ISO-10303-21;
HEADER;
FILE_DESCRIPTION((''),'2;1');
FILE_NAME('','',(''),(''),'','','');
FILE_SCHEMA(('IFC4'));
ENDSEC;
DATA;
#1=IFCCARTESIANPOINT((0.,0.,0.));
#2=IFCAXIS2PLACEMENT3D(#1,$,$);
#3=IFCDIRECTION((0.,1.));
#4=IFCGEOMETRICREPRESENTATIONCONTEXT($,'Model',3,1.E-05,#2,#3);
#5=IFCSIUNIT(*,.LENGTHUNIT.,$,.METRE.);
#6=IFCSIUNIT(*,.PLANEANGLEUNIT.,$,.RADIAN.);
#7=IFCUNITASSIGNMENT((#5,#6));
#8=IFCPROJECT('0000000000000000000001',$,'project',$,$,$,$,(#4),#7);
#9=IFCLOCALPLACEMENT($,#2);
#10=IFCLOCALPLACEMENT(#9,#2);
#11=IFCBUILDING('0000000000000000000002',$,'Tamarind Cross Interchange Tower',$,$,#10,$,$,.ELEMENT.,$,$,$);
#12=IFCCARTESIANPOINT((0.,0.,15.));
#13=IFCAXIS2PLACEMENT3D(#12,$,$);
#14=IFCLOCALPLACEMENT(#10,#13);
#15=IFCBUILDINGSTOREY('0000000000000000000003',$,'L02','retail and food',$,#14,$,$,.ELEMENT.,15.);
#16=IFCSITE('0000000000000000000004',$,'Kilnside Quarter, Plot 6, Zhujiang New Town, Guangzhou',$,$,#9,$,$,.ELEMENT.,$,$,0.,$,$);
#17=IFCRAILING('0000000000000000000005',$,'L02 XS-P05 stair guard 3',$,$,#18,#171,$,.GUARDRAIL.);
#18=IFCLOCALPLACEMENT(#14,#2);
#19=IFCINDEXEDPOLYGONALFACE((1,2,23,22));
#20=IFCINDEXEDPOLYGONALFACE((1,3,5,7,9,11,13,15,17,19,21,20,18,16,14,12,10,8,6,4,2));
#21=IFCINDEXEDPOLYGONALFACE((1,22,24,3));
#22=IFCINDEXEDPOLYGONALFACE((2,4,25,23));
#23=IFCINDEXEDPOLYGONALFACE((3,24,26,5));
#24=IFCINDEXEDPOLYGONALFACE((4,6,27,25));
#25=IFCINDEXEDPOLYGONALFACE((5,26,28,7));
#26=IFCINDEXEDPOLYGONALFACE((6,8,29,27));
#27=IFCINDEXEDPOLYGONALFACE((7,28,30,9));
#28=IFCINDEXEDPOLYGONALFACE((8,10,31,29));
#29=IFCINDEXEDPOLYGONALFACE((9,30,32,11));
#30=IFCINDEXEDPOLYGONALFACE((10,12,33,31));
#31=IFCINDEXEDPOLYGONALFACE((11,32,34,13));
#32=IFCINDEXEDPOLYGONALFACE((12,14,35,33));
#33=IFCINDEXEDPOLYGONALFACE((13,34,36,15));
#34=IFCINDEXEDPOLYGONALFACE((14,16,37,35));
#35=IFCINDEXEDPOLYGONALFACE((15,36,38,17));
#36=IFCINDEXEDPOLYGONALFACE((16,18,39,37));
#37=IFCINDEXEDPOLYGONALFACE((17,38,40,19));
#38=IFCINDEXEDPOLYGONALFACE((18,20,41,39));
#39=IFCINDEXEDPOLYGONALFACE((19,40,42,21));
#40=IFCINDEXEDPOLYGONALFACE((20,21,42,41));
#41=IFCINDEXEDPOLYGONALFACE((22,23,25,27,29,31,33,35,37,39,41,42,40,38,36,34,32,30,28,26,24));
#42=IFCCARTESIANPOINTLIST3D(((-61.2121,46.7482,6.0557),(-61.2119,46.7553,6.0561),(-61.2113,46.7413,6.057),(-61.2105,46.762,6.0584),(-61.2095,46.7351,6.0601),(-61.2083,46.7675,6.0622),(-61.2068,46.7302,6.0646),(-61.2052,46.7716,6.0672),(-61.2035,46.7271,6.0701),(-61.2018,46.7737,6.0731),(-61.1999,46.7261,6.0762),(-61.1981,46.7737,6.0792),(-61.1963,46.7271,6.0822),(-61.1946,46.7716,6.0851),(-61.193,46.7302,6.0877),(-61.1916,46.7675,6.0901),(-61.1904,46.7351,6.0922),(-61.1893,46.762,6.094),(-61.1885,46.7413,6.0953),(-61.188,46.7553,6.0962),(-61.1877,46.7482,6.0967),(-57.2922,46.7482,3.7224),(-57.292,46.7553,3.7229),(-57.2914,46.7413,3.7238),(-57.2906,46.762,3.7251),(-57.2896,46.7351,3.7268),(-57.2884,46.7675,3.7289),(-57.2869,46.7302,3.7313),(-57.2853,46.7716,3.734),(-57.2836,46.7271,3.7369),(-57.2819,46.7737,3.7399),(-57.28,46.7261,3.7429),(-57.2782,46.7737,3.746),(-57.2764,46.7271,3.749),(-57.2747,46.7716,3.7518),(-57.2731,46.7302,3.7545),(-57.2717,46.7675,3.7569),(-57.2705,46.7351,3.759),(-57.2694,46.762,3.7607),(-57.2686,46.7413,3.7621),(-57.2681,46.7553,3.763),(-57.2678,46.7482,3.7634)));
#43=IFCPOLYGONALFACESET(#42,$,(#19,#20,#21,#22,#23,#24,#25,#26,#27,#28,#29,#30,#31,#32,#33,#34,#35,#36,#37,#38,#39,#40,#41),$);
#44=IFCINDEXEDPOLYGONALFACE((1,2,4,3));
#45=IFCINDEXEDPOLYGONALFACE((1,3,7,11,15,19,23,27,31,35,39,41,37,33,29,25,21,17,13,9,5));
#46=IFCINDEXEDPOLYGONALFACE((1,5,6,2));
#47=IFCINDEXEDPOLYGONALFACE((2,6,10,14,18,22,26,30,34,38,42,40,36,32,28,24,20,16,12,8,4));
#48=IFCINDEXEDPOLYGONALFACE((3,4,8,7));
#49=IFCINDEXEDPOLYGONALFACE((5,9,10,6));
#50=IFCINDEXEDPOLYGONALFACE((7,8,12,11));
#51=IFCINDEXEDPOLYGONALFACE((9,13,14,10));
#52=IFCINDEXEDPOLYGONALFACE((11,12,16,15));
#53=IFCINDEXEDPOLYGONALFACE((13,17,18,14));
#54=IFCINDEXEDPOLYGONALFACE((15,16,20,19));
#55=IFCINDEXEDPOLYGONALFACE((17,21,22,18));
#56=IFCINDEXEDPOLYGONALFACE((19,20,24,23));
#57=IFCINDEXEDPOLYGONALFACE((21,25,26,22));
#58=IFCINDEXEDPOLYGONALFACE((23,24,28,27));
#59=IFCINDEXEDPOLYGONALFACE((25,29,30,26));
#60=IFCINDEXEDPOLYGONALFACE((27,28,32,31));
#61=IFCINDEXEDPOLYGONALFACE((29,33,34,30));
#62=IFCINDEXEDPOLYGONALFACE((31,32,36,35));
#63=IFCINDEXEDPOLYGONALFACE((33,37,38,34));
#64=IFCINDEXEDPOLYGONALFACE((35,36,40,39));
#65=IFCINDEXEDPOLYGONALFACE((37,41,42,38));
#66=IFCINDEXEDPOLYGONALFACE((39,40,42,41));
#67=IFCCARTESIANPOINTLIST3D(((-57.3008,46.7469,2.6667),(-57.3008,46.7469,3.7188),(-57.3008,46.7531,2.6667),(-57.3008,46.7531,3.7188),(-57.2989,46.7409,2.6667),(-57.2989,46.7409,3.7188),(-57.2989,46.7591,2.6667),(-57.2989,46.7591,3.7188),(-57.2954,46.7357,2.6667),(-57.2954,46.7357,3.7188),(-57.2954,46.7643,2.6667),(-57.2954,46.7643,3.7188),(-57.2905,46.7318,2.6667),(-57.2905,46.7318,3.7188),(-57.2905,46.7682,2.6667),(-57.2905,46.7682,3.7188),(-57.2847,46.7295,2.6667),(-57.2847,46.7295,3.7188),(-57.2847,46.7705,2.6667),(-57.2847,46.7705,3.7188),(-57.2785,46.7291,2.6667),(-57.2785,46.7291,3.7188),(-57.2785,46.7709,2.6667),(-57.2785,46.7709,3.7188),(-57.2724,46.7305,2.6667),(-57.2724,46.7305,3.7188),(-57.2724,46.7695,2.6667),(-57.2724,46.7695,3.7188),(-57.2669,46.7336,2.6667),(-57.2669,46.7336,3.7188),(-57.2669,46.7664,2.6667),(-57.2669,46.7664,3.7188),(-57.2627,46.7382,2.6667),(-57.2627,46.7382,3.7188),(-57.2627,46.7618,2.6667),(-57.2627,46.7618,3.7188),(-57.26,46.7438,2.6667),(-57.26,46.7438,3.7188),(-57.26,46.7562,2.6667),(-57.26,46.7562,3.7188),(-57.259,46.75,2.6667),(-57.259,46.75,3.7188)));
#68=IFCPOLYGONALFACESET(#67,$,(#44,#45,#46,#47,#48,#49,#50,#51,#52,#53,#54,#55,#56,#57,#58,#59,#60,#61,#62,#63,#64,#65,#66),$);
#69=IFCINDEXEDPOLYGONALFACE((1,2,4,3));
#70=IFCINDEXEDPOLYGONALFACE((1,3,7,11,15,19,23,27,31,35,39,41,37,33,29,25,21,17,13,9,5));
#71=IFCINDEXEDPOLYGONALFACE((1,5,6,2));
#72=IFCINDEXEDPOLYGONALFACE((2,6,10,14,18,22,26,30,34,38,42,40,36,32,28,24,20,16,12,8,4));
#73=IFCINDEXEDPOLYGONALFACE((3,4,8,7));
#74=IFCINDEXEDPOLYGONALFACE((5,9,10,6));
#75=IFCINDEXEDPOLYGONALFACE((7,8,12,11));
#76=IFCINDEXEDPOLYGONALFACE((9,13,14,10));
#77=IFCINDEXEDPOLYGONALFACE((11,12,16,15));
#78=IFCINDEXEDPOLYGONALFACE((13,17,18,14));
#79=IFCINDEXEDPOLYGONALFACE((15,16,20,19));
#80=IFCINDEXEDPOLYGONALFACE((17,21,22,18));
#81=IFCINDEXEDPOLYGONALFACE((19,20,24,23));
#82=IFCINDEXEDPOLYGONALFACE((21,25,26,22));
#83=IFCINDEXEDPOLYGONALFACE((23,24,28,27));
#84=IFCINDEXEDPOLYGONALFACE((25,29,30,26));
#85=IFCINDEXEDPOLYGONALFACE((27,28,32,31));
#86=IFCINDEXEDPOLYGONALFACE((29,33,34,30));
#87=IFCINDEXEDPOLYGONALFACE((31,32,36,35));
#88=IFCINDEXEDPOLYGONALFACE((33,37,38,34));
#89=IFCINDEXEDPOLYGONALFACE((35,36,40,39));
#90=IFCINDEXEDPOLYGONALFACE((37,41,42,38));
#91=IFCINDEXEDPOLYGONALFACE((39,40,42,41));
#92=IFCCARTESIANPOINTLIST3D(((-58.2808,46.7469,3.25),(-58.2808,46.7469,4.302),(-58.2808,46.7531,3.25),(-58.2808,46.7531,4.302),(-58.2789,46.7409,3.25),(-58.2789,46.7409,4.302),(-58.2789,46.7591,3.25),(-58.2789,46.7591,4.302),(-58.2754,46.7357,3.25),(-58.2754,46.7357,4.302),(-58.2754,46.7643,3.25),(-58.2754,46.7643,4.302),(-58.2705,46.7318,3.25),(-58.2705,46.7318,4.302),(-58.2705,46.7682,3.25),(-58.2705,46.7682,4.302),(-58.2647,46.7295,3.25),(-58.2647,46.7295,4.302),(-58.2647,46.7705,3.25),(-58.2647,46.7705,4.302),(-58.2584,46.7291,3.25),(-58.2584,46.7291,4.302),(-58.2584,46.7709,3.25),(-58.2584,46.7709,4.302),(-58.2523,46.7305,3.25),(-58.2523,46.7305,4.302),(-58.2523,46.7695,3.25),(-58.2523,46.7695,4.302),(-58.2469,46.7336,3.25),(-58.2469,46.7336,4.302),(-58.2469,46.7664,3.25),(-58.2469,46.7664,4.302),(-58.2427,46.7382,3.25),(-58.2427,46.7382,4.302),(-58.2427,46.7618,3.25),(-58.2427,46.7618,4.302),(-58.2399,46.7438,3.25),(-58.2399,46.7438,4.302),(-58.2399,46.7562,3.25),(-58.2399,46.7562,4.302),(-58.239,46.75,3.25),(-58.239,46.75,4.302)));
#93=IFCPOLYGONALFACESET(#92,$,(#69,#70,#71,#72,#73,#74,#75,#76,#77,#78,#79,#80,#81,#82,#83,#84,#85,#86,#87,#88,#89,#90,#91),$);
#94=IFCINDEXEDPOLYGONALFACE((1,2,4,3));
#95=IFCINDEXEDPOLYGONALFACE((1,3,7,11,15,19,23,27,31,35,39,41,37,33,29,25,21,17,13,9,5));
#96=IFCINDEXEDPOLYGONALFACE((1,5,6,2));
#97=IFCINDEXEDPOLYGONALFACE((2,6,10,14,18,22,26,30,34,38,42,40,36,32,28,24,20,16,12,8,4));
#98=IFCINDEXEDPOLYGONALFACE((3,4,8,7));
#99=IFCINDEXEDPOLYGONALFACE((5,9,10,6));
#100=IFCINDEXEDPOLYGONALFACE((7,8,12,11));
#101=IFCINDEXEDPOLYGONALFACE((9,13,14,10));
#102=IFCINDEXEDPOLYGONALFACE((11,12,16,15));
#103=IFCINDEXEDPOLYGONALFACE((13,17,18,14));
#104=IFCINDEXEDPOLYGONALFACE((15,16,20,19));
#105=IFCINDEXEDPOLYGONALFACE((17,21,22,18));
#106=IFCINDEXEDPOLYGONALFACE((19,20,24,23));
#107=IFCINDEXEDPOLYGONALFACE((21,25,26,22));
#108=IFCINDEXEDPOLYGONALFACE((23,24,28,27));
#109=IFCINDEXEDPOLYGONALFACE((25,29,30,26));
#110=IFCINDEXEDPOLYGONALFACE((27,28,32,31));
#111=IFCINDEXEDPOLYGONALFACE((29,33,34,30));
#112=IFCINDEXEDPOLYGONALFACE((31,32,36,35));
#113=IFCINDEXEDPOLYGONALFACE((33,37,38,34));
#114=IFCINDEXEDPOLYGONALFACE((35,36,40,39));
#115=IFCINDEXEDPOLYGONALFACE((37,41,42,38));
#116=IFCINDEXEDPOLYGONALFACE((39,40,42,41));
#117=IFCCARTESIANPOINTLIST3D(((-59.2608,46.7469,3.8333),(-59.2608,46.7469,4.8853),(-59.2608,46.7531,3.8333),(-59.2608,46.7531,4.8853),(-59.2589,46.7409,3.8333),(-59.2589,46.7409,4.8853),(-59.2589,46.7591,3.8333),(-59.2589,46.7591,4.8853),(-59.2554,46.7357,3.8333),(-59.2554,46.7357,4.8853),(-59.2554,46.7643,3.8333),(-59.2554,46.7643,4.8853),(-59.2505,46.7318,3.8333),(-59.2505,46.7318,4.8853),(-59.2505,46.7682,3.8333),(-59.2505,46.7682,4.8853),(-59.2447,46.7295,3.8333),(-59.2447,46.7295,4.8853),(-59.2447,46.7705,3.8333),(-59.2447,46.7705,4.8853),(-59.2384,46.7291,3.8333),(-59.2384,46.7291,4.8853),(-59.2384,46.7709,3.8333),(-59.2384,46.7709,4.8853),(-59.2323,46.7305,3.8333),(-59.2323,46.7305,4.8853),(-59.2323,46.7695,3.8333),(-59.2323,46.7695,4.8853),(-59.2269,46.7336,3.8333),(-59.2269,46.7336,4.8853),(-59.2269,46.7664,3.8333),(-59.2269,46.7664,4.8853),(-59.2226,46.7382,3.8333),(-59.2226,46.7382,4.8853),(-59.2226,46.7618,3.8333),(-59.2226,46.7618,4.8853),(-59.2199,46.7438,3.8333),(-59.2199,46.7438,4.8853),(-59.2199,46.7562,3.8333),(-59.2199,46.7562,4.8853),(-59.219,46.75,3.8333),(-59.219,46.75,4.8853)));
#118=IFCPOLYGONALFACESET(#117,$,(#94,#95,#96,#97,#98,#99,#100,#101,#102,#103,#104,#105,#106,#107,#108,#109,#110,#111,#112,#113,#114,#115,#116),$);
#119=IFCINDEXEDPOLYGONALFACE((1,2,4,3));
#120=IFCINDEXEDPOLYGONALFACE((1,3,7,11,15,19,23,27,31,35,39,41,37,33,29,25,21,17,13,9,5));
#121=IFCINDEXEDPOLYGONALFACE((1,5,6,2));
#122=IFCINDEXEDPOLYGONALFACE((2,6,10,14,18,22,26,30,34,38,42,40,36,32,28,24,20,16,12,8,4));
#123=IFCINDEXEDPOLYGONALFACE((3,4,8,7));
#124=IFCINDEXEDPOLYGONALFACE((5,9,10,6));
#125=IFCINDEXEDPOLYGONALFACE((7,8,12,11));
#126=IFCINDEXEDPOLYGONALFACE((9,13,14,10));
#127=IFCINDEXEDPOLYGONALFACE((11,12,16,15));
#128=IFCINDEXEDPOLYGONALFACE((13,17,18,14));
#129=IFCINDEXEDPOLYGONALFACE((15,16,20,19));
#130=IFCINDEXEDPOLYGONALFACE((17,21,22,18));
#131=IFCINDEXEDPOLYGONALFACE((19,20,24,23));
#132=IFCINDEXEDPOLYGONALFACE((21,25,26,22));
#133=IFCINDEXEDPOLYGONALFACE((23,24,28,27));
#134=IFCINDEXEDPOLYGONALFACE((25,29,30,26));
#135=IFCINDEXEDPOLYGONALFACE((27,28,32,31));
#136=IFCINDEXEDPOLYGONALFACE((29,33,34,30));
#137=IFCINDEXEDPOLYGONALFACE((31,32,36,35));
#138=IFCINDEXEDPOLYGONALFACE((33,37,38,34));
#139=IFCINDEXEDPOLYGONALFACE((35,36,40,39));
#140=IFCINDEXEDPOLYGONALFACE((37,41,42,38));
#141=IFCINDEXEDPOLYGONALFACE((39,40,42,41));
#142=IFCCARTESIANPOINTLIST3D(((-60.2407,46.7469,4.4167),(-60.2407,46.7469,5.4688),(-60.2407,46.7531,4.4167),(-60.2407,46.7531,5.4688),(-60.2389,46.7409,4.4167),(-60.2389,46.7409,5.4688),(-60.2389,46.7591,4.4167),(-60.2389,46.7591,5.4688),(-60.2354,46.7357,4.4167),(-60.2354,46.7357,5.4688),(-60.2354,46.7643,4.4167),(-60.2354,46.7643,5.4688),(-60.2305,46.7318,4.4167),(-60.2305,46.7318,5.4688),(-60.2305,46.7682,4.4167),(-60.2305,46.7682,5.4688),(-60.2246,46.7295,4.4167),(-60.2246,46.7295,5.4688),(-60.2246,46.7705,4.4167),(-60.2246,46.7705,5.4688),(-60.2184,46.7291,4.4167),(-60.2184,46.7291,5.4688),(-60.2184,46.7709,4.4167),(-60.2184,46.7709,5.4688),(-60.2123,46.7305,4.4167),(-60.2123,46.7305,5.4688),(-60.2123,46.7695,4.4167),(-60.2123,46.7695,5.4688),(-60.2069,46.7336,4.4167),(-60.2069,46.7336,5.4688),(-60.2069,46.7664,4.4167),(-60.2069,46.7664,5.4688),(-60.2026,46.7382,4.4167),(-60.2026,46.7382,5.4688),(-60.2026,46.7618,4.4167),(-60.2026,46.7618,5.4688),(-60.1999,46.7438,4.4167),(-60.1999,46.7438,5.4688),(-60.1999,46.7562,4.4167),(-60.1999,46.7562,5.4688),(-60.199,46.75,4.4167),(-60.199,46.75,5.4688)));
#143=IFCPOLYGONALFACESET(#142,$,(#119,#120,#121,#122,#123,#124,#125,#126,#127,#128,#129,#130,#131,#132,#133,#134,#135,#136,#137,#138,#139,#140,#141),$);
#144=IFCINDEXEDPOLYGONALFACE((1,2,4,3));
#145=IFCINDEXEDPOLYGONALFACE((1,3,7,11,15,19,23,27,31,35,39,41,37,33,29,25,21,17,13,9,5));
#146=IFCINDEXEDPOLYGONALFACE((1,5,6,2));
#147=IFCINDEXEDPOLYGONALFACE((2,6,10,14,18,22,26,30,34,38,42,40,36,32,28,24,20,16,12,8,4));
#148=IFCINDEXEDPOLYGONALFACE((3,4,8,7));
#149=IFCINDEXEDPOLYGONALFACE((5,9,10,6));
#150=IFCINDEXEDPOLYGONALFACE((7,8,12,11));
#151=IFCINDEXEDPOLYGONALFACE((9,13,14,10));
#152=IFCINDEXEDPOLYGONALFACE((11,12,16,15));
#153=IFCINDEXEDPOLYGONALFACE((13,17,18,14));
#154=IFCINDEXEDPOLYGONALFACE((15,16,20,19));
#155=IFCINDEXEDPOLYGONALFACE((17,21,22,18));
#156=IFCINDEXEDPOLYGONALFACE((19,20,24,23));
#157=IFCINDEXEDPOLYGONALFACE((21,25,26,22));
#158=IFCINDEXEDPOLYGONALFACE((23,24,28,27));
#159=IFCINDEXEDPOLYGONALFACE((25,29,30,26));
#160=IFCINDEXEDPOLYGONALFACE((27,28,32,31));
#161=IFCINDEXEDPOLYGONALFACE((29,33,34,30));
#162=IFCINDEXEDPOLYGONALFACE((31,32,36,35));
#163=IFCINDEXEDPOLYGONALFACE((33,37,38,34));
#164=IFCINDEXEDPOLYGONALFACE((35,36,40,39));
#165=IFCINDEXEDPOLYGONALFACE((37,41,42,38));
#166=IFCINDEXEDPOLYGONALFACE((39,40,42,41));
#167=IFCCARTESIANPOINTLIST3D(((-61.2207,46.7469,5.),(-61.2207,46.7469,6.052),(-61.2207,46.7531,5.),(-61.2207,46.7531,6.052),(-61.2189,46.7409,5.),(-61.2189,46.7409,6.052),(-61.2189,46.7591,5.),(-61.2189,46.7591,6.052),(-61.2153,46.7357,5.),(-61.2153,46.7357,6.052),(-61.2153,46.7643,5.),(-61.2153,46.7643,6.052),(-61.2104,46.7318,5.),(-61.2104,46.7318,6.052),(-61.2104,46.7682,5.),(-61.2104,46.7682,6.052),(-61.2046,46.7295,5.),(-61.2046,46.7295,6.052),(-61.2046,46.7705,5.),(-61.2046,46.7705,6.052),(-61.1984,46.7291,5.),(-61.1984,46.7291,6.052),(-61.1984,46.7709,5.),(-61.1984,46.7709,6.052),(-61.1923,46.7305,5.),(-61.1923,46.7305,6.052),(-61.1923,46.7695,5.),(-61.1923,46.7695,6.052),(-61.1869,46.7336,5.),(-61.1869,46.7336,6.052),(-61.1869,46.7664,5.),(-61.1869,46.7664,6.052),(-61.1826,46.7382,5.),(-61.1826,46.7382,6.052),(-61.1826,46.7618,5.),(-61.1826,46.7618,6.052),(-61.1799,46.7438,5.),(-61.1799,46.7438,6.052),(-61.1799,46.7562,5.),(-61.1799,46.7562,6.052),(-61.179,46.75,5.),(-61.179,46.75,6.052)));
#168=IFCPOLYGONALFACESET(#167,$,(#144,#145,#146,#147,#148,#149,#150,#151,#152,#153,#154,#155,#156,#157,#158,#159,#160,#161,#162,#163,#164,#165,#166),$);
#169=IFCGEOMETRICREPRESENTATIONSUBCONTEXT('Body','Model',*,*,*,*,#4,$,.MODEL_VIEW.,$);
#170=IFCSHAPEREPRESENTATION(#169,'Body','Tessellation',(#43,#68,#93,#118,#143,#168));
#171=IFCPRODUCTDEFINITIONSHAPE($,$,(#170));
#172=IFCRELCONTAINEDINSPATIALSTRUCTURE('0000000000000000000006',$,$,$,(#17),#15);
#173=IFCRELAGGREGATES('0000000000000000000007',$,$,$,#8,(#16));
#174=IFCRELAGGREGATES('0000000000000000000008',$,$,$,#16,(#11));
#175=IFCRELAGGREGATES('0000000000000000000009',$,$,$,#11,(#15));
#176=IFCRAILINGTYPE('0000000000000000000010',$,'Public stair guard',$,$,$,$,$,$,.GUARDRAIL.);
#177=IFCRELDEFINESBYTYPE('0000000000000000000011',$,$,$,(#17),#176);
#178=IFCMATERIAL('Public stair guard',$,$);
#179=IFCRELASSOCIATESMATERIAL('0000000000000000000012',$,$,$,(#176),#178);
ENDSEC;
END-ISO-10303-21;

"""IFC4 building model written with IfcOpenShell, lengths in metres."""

from ifc_helpers import new_model, si_unit, direction, frame, origin, origin_2d, place, context, subcontext, project, spatial, circle, extrude, material, type_object, element, save


model = new_model("IFC4")

# Units and contexts
model_context = context("Model", 3, precision=1e-05, world=origin(), true_north=direction((0.0, 1.0)))
body_context = subcontext(model_context, "Body", "Model", "MODEL_VIEW")
ifc_project = project(units=[si_unit("LENGTHUNIT", "METRE"), si_unit("PLANEANGLEUNIT", "RADIAN")], contexts=[model_context])

# Site, building, storey
site_placement = place(None, origin())
site = spatial("IfcSite", under=ifc_project, at=site_placement, Name="Kilnside Quarter, Plot 6, Zhujiang New Town, Guangzhou", CompositionType="ELEMENT", RefElevation=0.0)
building_placement = place(site_placement, origin())
building = spatial("IfcBuilding", under=site, at=building_placement, Name="Tamarind Cross Interchange Tower", CompositionType="ELEMENT")
storey_placement = place(building_placement, frame((0.0, 0.0, 15.0)))
storey = spatial("IfcBuildingStorey", under=building, at=storey_placement, Name="L02", Description="retail and food", CompositionType="ELEMENT", Elevation=15.0)

# Railing
ifc_material_1 = material(Name="Public stair guard")
railing_type_1 = type_object("IfcRailingType", Name="Public stair guard", PredefinedType="GUARDRAIL", material=ifc_material_1)
railing_1_placement = place(storey_placement, frame((-57.28, 46.75, 2.6667)))
element("IfcRailing", 1, at=railing_1_placement, inside=storey, type_object=railing_type_1, Name="L02 XS-P05 stair guard 3", PredefinedType="GUARDRAIL", context=body_context, shape_type="SweptSolid", body=[
    extrude(circle(Radius=0.0239, at=origin_2d()), frame((0.0, 0.0, 1.0762), z_axis=(-0.859296, 0.0, 0.511478), x_axis=(0.0, -1.0, 0.0)), (0.0, 0.0, 1.0), 4.5618),
    extrude(circle(Radius=0.021, at=origin_2d()), origin(), (0.0, 0.0, 1.0), 1.052),
    extrude(circle(Radius=0.021, at=origin_2d()), frame((-0.98, 0.0, 0.5833)), (0.0, 0.0, 1.0), 1.052),
    extrude(circle(Radius=0.021, at=origin_2d()), frame((-1.96, 0.0, 1.1665)), (0.0, 0.0, 1.0), 1.052),
    extrude(circle(Radius=0.021, at=origin_2d()), frame((-2.9399, 0.0, 1.75)), (0.0, 0.0, 1.0), 1.052),
    extrude(circle(Radius=0.021, at=origin_2d()), frame((-3.9199, 0.0, 2.3333)), (0.0, 0.0, 1.0), 1.052),
])

save(model, "model.ifc")
